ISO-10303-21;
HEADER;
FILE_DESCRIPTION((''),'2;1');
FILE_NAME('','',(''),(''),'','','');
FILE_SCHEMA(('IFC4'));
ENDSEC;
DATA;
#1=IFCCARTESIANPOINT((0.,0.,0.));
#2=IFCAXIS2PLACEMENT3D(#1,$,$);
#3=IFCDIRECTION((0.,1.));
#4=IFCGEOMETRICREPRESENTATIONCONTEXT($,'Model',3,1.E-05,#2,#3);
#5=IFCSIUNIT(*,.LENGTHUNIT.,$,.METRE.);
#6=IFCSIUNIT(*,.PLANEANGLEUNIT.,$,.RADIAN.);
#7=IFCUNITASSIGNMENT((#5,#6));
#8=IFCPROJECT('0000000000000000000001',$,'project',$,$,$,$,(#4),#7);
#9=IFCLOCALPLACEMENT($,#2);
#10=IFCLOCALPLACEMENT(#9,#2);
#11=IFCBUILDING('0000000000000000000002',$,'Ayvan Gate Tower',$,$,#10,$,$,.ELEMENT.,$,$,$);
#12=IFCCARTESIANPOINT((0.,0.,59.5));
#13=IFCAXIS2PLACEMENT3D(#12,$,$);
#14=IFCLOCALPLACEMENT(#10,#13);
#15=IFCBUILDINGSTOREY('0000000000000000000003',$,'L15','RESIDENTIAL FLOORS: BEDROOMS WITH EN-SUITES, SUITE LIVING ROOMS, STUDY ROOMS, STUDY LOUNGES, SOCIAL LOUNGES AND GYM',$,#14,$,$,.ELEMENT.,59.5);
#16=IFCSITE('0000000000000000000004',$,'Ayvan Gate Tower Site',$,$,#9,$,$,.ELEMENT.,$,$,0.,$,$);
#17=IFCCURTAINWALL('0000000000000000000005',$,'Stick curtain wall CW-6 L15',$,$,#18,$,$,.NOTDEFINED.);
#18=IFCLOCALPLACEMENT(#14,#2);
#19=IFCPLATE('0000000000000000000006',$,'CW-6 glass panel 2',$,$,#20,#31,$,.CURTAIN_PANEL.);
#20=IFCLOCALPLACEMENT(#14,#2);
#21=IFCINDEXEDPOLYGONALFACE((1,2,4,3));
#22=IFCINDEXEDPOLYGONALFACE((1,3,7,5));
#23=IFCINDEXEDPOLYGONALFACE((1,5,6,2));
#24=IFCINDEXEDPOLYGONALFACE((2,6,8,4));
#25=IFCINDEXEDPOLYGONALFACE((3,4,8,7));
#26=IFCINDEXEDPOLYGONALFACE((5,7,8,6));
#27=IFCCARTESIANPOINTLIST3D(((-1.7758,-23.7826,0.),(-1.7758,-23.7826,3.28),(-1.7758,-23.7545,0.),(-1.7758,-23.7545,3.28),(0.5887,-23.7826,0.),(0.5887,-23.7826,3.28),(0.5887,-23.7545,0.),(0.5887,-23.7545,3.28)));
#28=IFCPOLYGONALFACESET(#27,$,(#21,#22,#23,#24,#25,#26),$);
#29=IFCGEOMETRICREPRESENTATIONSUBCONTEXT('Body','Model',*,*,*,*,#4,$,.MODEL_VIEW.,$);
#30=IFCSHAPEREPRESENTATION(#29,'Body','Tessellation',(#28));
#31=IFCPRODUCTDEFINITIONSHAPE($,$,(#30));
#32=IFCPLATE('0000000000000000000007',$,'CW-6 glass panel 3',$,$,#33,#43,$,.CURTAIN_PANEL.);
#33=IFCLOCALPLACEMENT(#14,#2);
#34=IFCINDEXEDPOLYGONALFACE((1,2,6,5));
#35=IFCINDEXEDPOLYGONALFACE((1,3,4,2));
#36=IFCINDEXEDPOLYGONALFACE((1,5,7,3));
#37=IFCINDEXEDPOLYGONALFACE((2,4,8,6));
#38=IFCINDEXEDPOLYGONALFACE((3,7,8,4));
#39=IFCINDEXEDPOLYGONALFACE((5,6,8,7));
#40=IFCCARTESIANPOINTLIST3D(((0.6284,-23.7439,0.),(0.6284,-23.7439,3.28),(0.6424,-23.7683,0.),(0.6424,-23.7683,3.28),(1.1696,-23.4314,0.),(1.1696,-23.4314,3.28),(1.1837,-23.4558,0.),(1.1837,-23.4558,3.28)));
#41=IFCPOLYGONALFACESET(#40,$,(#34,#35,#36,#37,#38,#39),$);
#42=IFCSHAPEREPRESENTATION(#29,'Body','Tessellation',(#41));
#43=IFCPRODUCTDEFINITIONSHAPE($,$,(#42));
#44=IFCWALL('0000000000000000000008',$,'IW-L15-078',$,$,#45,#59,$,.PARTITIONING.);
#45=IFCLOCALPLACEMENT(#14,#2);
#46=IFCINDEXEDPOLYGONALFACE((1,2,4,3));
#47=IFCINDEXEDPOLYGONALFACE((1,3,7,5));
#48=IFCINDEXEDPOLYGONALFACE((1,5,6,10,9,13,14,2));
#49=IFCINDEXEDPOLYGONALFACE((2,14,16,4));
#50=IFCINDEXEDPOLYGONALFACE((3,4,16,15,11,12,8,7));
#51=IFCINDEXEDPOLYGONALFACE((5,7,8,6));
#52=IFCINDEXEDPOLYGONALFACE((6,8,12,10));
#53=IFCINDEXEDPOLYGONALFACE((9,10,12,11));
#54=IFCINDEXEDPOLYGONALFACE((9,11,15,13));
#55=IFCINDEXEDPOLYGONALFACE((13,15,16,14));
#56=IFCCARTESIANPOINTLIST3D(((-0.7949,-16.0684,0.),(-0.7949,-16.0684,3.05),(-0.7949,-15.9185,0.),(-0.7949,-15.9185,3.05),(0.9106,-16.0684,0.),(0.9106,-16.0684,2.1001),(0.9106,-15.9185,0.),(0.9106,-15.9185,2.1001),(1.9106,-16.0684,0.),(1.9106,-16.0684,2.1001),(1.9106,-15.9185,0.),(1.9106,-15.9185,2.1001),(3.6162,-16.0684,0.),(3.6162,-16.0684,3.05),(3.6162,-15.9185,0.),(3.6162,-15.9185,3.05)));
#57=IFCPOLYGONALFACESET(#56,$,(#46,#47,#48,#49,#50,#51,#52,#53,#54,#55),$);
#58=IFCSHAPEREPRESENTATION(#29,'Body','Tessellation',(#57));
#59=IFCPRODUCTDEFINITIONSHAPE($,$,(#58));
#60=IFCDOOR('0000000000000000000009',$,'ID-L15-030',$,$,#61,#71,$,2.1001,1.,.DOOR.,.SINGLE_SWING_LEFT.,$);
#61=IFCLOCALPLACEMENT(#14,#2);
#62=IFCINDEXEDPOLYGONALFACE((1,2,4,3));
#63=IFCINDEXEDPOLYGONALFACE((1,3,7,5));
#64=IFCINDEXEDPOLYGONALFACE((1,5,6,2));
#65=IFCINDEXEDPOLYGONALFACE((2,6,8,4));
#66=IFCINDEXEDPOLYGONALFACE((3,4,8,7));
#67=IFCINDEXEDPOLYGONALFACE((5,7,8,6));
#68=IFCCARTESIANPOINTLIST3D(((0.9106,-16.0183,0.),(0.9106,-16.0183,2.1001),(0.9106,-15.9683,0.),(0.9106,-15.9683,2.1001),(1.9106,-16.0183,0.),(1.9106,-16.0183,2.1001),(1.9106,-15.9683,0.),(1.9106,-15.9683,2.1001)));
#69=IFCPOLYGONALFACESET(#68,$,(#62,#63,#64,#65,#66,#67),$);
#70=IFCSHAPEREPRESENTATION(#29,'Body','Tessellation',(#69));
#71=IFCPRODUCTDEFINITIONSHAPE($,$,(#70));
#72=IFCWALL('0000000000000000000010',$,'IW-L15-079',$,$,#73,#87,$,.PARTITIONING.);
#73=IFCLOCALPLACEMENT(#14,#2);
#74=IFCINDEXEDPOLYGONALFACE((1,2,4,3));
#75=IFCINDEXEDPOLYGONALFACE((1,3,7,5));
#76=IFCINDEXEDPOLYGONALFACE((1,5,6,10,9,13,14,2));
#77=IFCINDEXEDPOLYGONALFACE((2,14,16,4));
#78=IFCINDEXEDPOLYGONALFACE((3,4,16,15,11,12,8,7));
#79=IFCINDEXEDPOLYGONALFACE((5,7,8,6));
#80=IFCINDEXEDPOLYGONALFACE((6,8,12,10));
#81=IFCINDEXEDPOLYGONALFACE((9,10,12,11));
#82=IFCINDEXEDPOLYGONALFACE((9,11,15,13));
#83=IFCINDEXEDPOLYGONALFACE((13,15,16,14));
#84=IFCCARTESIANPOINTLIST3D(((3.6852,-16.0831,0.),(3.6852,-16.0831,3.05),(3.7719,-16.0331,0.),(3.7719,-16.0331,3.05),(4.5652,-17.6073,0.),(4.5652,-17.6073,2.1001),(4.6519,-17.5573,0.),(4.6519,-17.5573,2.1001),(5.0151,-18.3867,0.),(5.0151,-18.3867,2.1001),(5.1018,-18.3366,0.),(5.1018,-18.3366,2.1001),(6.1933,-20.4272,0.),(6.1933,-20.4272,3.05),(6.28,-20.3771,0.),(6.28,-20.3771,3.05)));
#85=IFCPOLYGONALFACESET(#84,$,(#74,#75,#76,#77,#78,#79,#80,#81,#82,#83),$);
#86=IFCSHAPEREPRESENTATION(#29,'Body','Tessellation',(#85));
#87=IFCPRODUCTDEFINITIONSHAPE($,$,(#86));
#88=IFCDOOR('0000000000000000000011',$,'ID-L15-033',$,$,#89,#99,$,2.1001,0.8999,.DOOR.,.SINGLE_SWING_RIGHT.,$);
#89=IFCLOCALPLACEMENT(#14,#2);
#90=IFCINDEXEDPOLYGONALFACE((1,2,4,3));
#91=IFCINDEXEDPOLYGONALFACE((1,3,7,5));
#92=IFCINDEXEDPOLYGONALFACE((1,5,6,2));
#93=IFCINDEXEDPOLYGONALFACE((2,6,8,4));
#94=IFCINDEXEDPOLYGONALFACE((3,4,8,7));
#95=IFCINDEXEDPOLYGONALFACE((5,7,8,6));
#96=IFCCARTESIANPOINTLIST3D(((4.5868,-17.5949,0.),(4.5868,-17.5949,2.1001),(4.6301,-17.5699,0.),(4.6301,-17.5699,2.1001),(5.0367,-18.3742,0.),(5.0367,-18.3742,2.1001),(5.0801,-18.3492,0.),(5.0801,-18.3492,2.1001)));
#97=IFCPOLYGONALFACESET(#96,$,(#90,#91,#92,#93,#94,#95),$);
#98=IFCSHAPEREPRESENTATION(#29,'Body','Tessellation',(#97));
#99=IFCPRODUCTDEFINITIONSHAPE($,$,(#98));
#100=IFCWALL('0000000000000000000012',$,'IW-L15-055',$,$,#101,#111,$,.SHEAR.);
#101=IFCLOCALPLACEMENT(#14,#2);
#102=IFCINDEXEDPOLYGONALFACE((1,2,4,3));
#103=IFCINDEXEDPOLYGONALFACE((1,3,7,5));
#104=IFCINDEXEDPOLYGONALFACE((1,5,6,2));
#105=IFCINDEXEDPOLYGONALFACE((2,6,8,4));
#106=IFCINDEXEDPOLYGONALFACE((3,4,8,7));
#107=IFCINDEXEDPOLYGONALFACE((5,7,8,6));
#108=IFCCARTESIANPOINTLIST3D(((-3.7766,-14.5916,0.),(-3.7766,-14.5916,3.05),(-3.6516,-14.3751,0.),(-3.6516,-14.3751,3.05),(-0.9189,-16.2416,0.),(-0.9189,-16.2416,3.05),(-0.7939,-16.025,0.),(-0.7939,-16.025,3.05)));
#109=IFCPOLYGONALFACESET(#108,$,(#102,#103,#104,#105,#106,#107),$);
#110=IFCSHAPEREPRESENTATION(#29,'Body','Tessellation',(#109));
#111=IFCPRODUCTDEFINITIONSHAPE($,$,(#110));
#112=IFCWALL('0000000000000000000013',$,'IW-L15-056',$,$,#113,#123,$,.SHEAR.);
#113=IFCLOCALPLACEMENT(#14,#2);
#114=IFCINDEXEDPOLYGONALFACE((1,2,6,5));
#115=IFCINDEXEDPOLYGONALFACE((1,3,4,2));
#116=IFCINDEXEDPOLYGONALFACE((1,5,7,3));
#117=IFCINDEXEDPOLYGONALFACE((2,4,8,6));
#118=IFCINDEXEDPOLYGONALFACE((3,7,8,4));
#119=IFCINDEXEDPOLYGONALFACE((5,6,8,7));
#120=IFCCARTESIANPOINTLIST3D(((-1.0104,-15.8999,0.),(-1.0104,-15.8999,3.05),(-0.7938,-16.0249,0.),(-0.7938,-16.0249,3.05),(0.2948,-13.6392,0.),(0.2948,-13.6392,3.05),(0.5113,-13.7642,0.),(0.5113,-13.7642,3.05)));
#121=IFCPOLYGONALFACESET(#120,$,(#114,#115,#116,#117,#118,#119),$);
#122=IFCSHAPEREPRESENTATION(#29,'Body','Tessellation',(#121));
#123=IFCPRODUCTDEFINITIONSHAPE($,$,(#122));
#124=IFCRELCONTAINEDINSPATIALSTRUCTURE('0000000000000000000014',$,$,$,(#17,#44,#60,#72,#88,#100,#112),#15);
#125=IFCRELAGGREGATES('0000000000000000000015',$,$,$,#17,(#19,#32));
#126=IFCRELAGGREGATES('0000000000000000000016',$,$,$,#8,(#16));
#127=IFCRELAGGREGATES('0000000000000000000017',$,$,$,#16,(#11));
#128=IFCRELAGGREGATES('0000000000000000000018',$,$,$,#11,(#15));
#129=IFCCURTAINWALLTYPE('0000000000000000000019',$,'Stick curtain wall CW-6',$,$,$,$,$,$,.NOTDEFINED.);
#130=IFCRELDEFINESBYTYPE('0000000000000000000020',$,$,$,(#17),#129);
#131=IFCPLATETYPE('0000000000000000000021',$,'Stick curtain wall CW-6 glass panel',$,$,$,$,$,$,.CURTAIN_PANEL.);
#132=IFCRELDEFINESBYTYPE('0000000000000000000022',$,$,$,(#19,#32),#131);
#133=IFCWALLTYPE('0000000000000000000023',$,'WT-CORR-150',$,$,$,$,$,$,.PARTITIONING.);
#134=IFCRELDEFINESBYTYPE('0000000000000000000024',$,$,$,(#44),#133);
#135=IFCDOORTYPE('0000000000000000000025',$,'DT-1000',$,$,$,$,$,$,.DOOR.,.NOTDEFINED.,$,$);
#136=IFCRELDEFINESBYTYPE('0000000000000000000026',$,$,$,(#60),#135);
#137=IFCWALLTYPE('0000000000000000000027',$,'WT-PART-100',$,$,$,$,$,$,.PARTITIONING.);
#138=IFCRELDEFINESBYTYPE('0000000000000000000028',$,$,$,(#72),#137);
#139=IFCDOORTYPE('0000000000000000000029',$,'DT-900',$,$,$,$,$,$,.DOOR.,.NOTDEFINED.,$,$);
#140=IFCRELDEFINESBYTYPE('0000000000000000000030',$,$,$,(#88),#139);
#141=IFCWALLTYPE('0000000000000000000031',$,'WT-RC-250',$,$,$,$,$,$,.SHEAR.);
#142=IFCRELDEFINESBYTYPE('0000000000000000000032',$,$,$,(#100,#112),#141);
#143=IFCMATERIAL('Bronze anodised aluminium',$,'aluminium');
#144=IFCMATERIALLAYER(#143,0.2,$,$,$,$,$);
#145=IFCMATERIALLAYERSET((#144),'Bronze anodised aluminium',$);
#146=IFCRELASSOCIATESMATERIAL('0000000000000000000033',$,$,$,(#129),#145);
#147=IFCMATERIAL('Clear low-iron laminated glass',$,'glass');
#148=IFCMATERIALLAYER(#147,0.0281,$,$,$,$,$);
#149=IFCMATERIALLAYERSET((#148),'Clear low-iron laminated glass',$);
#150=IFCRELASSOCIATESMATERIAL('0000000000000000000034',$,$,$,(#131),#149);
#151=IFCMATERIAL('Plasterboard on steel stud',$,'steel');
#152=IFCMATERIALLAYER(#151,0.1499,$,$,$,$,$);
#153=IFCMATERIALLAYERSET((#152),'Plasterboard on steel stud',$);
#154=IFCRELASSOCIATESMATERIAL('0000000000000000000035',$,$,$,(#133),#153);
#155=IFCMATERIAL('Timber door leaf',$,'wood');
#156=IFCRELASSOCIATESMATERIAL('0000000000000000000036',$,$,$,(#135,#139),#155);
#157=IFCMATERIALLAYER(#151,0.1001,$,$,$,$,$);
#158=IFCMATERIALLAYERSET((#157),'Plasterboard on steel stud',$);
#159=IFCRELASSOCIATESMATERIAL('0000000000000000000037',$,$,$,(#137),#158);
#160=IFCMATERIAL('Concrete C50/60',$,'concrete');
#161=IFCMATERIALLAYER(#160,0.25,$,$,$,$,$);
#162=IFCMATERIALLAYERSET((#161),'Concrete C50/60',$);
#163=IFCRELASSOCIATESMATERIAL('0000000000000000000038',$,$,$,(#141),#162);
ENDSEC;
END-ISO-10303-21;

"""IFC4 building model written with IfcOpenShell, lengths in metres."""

from ifc_helpers import new_model, si_unit, direction, frame, frame_2d, origin, origin_2d, place, context, subcontext, project, spatial, rectangle, extrude, material, layer, layer_set, type_object, element, fill, aggregate, save


model = new_model("IFC4")

# Units and contexts
model_context = context("Model", 3, precision=1e-05, world=origin(), true_north=direction((0.0, 1.0)))
body_context = subcontext(model_context, "Body", "Model", "MODEL_VIEW")
ifc_project = project(units=[si_unit("LENGTHUNIT", "METRE"), si_unit("PLANEANGLEUNIT", "RADIAN")], contexts=[model_context])

# Site, building, storey
site_placement = place(None, origin())
site = spatial("IfcSite", under=ifc_project, at=site_placement, Name="Ayvan Gate Tower Site", CompositionType="ELEMENT", RefElevation=0.0)
building_placement = place(site_placement, origin())
building = spatial("IfcBuilding", under=site, at=building_placement, Name="Ayvan Gate Tower", CompositionType="ELEMENT")
storey_placement = place(building_placement, frame((0.0, 0.0, 59.5)))
storey = spatial("IfcBuildingStorey", under=building, at=storey_placement, Name="L15", Description="RESIDENTIAL FLOORS: BEDROOMS WITH EN-SUITES, SUITE LIVING ROOMS, STUDY ROOMS, STUDY LOUNGES, SOCIAL LOUNGES AND GYM", CompositionType="ELEMENT", Elevation=59.5)

# Shared definitions
ifc_material_1 = material(Name="Bronze anodised aluminium", Category="aluminium")

# Curtain wall
ifc_layer_1 = layer(ifc_material_1, 0.2)
ifc_layer_set_1 = layer_set([ifc_layer_1], Name="Bronze anodised aluminium")
curtain_wall_type_1 = type_object("IfcCurtainWallType", Name="Stick curtain wall CW-6", PredefinedType="NOTDEFINED", material=ifc_layer_set_1)
curtain_wall_1_placement = place(storey_placement, origin())
curtain_wall_1 = element("IfcCurtainWall", 1, at=curtain_wall_1_placement, inside=storey, type_object=curtain_wall_type_1, Name="Stick curtain wall CW-6 L15", PredefinedType="NOTDEFINED")

# Plates
ifc_material_2 = material(Name="Clear low-iron laminated glass", Category="glass")
ifc_layer_2 = layer(ifc_material_2, 0.0281)
ifc_layer_set_2 = layer_set([ifc_layer_2], Name="Clear low-iron laminated glass")
plate_type_1 = type_object("IfcPlateType", Name="Stick curtain wall CW-6 glass panel", PredefinedType="CURTAIN_PANEL", material=ifc_layer_set_2)
plate_1_placement = place(storey_placement, frame((-0.5935, -23.7686, 0.0), z_axis=(0.0, 0.0, 1.0), x_axis=(1.0, 0.0, 0.0)))
plate_1 = element("IfcPlate", 2, at=plate_1_placement, type_object=plate_type_1, Name="CW-6 glass panel 2", PredefinedType="CURTAIN_PANEL", context=body_context, shape_type="SweptSolid", body=[
    extrude(rectangle(XDim=2.3645, YDim=0.0281, at=origin_2d()), origin(), (0.0, 0.0, 1.0), 3.28),
])
plate_2_placement = place(storey_placement, frame((0.906, -23.5999, 0.0), z_axis=(0.0, 0.0, 1.0), x_axis=(0.866025, 0.5, 0.0)))
plate_2 = element("IfcPlate", 3, at=plate_2_placement, type_object=plate_type_1, Name="CW-6 glass panel 3", PredefinedType="CURTAIN_PANEL", context=body_context, shape_type="SweptSolid", body=[
    extrude(rectangle(XDim=0.625, YDim=0.0281, at=origin_2d()), origin(), (0.0, 0.0, 1.0), 3.28),
])
aggregate(curtain_wall_1, [plate_1, plate_2])

# Walls, openings, doors
ifc_material_3 = material(Name="Plasterboard on steel stud", Category="steel")
ifc_layer_3 = layer(ifc_material_3, 0.1499)
ifc_layer_set_3 = layer_set([ifc_layer_3], Name="Plasterboard on steel stud")
wall_type_1 = type_object("IfcWallType", Name="WT-CORR-150", PredefinedType="PARTITIONING", material=ifc_layer_set_3)
wall_1_placement = place(storey_placement, frame((3.6162, -15.9934, 0.0), z_axis=(0.0, 0.0, 1.0), x_axis=(-1.0, 0.0, 0.0)))
wall_1 = element("IfcWall", 4, at=wall_1_placement, inside=storey, type_object=wall_type_1, Name="IW-L15-078", PredefinedType="PARTITIONING", context=body_context, shape_type="SweptSolid", body=[
    extrude(rectangle(XDim=4.4111, YDim=0.1499, at=frame_2d((2.2056, 0.0))), origin(), (0.0, 0.0, 1.0), 3.05),
])
opening_1_placement = place(wall_1_placement, frame((1.7056, 0.0, 0.0)))
opening_1 = element("IfcOpeningElement", 5, at=opening_1_placement, cuts=wall_1, PredefinedType="OPENING", context=body_context, shape_type="SweptSolid", body=[
    extrude(rectangle(XDim=1.0, YDim=2.1001, at=frame_2d((0.5, 1.05))), frame((0.0, 0.085, 0.0), z_axis=(0.0, -1.0, 0.0), x_axis=(1.0, 0.0, 0.0)), (0.0, 0.0, 1.0), 0.1699),
])
ifc_material_4 = material(Name="Timber door leaf", Category="wood")
door_type_1 = type_object("IfcDoorType", Name="DT-1000", OperationType="NOTDEFINED", PredefinedType="DOOR", material=ifc_material_4)
door_1_placement = place(opening_1_placement, origin())
door_1 = element("IfcDoor", 6, at=door_1_placement, inside=storey, type_object=door_type_1, Name="ID-L15-030", OperationType="SINGLE_SWING_LEFT", OverallHeight=2.1001, OverallWidth=1.0, PredefinedType="DOOR", context=body_context, shape_type="SweptSolid", body=[
    extrude(rectangle(XDim=1.0, YDim=2.1001, at=frame_2d((0.5, 1.05))), frame((0.0, 0.0249, 0.0), z_axis=(0.0, -1.0, 0.0), x_axis=(1.0, 0.0, 0.0)), (0.0, 0.0, 1.0), 0.05),
])
fill(opening_1, door_1)
ifc_layer_4 = layer(ifc_material_3, 0.1001)
ifc_layer_set_4 = layer_set([ifc_layer_4], Name="Plasterboard on steel stud")
wall_type_2 = type_object("IfcWallType", Name="WT-PART-100", PredefinedType="PARTITIONING", material=ifc_layer_set_4)
wall_2_placement = place(storey_placement, frame((3.7285, -16.0581, 0.0), z_axis=(0.0, 0.0, 1.0), x_axis=(0.500008, -0.866021, 0.0)))
wall_2 = element("IfcWall", 7, at=wall_2_placement, inside=storey, type_object=wall_type_2, Name="IW-L15-079", PredefinedType="PARTITIONING", context=body_context, shape_type="SweptSolid", body=[
    extrude(rectangle(XDim=5.0161, YDim=0.1001, at=frame_2d((2.5081, 0.0))), origin(), (0.0, 0.0, 1.0), 3.05),
])
opening_2_placement = place(wall_2_placement, frame((1.76, 0.0, 0.0)))
opening_2 = element("IfcOpeningElement", 8, at=opening_2_placement, cuts=wall_2, PredefinedType="OPENING", context=body_context, shape_type="SweptSolid", body=[
    extrude(rectangle(XDim=0.8999, YDim=2.1001, at=frame_2d((0.45, 1.05))), frame((0.0, 0.0601, 0.0), z_axis=(0.0, -1.0, 0.0), x_axis=(1.0, 0.0, 0.0)), (0.0, 0.0, 1.0), 0.1201),
])
door_type_2 = type_object("IfcDoorType", Name="DT-900", OperationType="NOTDEFINED", PredefinedType="DOOR", material=ifc_material_4)
door_2_placement = place(opening_2_placement, origin())
door_2 = element("IfcDoor", 9, at=door_2_placement, inside=storey, type_object=door_type_2, Name="ID-L15-033", OperationType="SINGLE_SWING_RIGHT", OverallHeight=2.1001, OverallWidth=0.8999, PredefinedType="DOOR", context=body_context, shape_type="SweptSolid", body=[
    extrude(rectangle(XDim=0.8999, YDim=2.1001, at=frame_2d((0.45, 1.05))), frame((0.0, 0.0249, 0.0), z_axis=(0.0, -1.0, 0.0), x_axis=(1.0, 0.0, 0.0)), (0.0, 0.0, 1.0), 0.05),
])
fill(opening_2, door_2)

# Walls
ifc_material_5 = material(Name="Concrete C50/60", Category="concrete")
ifc_layer_5 = layer(ifc_material_5, 0.25)
ifc_layer_set_5 = layer_set([ifc_layer_5], Name="Concrete C50/60")
wall_type_3 = type_object("IfcWallType", Name="WT-RC-250", PredefinedType="SHEAR", material=ifc_layer_set_5)
wall_3_placement = place(storey_placement, frame((-0.8564, -16.1333, 0.0), z_axis=(0.0, 0.0, 1.0), x_axis=(-0.866022, 0.500006, 0.0)))
element("IfcWall", 10, at=wall_3_placement, inside=storey, type_object=wall_type_3, Name="IW-L15-055", PredefinedType="SHEAR", context=body_context, shape_type="SweptSolid", body=[
    extrude(rectangle(XDim=3.2998, YDim=0.25, at=frame_2d((1.6499, 0.0))), origin(), (0.0, 0.0, 1.0), 3.05),
])
wall_4_placement = place(storey_placement, frame((-0.9021, -15.9624, 0.0), z_axis=(0.0, 0.0, 1.0), x_axis=(0.499982, 0.866036, 0.0)))
element("IfcWall", 11, at=wall_4_placement, inside=storey, type_object=wall_type_3, Name="IW-L15-056", PredefinedType="SHEAR", context=body_context, shape_type="SweptSolid", body=[
    extrude(rectangle(XDim=2.6104, YDim=0.25, at=frame_2d((1.3052, 0.0))), origin(), (0.0, 0.0, 1.0), 3.05),
])

save(model, "model.ifc")
